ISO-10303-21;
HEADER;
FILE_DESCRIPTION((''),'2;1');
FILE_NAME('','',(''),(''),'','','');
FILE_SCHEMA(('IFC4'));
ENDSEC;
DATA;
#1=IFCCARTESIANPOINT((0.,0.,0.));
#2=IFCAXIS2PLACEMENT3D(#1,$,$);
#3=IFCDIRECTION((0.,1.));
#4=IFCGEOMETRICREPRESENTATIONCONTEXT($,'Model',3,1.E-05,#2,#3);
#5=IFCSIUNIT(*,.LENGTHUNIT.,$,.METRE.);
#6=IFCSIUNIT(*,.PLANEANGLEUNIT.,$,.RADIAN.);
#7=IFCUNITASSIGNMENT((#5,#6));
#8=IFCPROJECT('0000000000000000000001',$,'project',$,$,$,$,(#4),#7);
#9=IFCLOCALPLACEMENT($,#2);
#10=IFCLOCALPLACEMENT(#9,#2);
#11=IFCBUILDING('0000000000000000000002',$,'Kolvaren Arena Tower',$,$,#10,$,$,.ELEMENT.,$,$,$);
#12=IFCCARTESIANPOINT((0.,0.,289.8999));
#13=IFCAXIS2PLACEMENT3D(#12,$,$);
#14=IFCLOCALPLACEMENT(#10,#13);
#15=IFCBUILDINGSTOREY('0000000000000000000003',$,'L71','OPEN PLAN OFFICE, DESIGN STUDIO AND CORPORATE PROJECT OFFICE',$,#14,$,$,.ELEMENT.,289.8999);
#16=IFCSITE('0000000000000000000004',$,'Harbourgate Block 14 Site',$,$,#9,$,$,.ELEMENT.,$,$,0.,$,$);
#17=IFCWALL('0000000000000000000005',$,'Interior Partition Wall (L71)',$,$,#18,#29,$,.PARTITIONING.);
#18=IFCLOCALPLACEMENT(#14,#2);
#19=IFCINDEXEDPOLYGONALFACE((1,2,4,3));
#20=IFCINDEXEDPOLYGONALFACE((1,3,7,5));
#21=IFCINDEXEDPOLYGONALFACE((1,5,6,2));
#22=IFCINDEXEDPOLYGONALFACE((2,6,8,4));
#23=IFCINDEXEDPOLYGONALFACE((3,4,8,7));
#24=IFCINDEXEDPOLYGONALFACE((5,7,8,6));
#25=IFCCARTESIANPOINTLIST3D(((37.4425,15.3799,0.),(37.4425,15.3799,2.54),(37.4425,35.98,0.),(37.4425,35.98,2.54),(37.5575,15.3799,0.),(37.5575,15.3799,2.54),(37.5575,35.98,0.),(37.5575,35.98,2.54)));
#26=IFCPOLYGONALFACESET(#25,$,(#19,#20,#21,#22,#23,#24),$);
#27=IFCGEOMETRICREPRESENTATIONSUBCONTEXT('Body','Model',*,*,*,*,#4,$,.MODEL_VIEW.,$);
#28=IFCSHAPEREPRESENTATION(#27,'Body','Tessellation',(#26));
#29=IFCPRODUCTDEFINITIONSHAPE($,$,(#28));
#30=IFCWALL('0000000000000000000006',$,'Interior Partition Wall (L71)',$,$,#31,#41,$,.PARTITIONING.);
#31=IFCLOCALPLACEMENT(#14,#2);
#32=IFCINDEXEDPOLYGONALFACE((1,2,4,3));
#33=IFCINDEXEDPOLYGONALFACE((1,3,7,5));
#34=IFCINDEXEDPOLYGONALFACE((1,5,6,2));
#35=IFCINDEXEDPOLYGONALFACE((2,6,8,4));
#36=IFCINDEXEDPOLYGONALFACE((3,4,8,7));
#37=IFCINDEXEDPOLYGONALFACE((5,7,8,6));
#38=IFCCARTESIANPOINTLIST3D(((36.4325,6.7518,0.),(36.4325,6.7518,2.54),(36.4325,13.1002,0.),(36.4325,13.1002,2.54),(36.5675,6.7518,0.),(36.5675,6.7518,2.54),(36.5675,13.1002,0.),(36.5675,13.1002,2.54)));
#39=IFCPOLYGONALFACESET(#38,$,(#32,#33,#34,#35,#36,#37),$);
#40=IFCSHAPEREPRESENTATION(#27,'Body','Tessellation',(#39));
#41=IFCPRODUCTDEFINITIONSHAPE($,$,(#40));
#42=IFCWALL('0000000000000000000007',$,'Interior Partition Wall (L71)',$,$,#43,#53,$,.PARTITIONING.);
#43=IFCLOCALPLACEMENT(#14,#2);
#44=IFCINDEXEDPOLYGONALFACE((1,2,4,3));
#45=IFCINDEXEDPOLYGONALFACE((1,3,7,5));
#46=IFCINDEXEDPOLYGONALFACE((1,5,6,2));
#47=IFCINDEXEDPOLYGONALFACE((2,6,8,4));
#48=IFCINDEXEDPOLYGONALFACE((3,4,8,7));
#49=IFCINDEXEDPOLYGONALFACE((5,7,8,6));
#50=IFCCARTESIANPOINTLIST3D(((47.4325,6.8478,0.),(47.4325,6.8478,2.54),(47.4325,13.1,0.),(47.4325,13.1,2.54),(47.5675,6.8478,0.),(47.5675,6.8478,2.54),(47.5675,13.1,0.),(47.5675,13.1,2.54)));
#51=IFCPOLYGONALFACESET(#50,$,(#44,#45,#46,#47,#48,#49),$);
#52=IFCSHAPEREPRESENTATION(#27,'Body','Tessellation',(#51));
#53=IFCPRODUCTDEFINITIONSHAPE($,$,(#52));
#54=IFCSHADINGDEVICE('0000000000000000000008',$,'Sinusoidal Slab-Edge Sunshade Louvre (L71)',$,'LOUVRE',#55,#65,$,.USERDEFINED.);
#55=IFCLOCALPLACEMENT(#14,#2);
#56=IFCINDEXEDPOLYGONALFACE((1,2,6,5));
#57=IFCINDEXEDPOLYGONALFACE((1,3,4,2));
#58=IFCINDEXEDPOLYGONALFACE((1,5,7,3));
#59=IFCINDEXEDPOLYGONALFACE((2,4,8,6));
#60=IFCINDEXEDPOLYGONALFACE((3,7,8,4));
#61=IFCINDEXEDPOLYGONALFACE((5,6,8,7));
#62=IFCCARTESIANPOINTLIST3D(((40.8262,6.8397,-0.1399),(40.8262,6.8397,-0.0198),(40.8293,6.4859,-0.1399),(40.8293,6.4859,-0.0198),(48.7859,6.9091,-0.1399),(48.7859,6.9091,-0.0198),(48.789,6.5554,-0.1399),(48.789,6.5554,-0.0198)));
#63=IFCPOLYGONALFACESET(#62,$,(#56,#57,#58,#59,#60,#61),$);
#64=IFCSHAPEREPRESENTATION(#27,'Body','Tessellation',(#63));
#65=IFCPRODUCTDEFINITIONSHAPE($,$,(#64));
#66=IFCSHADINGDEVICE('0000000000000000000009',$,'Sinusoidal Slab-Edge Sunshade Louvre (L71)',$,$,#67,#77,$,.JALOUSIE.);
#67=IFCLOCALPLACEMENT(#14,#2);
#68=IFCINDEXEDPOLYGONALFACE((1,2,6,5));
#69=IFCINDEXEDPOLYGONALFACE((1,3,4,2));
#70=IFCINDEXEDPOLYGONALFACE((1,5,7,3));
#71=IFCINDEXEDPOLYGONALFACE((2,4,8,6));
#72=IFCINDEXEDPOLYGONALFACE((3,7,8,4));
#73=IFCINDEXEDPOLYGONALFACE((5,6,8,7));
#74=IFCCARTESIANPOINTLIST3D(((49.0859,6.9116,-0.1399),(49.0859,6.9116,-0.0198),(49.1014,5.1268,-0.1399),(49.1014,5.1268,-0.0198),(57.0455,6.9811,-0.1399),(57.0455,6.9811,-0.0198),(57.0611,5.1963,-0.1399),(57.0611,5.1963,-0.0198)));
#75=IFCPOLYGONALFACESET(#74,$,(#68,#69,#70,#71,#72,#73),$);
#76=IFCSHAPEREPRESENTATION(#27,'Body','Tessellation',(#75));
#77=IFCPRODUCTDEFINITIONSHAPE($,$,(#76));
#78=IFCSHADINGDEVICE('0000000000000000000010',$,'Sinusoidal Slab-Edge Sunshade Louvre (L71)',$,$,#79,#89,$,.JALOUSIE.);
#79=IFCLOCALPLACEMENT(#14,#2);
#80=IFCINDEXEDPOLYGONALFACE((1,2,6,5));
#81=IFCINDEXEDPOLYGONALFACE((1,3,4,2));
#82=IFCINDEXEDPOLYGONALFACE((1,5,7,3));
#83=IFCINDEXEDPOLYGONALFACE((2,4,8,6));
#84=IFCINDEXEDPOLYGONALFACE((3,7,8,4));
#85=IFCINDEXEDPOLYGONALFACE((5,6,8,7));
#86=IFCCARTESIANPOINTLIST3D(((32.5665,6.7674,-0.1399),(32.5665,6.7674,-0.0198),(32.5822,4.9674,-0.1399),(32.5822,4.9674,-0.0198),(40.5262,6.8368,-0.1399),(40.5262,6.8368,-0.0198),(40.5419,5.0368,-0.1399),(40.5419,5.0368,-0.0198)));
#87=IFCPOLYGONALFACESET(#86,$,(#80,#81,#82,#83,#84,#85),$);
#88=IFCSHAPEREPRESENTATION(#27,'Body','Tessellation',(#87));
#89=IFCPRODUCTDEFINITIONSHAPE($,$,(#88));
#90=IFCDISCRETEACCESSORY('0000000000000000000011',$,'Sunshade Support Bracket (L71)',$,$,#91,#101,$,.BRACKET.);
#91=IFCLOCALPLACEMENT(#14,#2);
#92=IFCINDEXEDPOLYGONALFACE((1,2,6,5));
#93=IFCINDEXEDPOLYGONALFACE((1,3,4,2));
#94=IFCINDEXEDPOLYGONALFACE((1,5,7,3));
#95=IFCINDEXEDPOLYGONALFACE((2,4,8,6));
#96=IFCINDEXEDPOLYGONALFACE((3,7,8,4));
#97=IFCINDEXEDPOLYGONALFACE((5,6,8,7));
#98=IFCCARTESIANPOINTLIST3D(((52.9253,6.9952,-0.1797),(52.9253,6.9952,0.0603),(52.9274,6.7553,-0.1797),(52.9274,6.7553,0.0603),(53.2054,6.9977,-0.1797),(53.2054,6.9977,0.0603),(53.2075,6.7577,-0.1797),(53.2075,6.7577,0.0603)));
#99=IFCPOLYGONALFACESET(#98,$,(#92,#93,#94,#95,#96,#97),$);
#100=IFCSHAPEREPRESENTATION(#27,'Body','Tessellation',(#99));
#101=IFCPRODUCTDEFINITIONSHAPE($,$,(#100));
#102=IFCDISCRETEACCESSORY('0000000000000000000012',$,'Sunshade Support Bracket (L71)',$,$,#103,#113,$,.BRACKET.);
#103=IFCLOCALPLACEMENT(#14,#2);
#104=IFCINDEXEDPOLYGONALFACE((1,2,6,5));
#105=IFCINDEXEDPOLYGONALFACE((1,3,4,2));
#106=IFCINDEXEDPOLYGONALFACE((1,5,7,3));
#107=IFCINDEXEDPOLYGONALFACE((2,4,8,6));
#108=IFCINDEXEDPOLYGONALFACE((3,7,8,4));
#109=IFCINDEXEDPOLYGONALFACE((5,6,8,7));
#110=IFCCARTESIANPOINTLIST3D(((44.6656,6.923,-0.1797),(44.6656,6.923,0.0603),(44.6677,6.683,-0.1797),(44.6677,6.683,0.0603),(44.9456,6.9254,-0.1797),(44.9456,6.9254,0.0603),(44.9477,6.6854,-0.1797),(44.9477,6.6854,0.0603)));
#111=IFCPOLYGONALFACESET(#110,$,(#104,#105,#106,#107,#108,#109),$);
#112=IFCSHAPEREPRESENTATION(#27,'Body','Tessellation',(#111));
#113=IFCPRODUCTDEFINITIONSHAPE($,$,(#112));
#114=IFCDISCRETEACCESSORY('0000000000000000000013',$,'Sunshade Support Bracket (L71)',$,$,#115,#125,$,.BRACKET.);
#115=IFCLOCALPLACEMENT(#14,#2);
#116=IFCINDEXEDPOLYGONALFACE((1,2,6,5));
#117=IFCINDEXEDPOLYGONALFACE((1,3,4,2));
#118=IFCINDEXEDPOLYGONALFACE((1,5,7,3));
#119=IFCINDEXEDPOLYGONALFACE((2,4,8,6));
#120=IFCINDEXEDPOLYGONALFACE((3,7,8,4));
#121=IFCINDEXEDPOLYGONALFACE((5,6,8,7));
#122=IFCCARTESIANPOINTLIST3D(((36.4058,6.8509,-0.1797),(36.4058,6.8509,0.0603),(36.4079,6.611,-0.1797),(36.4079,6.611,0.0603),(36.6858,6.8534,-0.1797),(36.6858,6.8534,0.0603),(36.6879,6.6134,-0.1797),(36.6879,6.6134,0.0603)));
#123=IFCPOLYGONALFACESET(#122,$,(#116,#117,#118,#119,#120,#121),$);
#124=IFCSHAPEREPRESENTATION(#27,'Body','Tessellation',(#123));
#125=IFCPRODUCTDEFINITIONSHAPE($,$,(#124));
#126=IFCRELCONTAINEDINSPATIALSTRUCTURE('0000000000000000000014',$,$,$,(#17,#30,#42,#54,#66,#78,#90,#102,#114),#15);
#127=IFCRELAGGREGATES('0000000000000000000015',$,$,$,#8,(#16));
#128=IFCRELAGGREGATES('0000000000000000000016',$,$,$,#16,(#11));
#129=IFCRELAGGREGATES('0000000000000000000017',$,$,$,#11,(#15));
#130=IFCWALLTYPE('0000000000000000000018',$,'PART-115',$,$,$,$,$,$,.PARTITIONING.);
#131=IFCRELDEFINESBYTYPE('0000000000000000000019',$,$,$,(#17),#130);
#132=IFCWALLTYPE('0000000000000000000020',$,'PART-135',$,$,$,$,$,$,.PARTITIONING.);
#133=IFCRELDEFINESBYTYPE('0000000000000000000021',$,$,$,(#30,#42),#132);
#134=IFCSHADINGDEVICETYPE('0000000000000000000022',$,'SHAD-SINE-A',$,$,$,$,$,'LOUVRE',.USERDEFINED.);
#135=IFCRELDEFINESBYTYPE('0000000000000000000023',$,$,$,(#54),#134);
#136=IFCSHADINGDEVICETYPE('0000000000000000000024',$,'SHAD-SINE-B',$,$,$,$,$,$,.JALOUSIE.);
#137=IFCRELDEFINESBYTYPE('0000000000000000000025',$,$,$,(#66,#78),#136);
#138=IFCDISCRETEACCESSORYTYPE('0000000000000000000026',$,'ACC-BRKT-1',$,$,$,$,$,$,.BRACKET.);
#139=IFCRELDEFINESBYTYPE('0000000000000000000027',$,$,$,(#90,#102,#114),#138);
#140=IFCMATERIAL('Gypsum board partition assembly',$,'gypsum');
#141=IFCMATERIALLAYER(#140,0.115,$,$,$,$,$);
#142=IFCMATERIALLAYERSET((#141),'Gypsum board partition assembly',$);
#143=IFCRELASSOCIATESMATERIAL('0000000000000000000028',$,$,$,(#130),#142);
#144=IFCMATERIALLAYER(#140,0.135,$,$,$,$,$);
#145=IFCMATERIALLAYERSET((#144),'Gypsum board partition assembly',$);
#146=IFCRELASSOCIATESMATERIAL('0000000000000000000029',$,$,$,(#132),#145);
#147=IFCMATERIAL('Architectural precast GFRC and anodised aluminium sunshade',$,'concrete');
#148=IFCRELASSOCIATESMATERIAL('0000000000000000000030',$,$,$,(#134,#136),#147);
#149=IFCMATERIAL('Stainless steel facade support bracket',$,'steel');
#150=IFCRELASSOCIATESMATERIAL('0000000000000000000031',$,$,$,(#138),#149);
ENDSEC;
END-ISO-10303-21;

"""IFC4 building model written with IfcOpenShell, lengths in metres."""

from ifc_helpers import new_model, si_unit, direction, frame, frame_2d, origin, origin_2d, place, context, subcontext, project, spatial, rectangle, extrude, material, layer, layer_set, type_object, element, save


model = new_model("IFC4")

# Units and contexts
model_context = context("Model", 3, precision=1e-05, world=origin(), true_north=direction((0.0, 1.0)))
body_context = subcontext(model_context, "Body", "Model", "MODEL_VIEW")
ifc_project = project(units=[si_unit("LENGTHUNIT", "METRE"), si_unit("PLANEANGLEUNIT", "RADIAN")], contexts=[model_context])

# Site, building, storey
site_placement = place(None, origin())
site = spatial("IfcSite", under=ifc_project, at=site_placement, Name="Harbourgate Block 14 Site", CompositionType="ELEMENT", RefElevation=0.0)
building_placement = place(site_placement, origin())
building = spatial("IfcBuilding", under=site, at=building_placement, Name="Kolvaren Arena Tower", CompositionType="ELEMENT")
storey_placement = place(building_placement, frame((0.0, 0.0, 289.8999)))
storey = spatial("IfcBuildingStorey", under=building, at=storey_placement, Name="L71", Description="OPEN PLAN OFFICE, DESIGN STUDIO AND CORPORATE PROJECT OFFICE", CompositionType="ELEMENT", Elevation=289.8999)

# Walls
ifc_material_1 = material(Name="Gypsum board partition assembly", Category="gypsum")
ifc_layer_1 = layer(ifc_material_1, 0.115)
ifc_layer_set_1 = layer_set([ifc_layer_1], Name="Gypsum board partition assembly")
wall_type_1 = type_object("IfcWallType", Name="PART-115", PredefinedType="PARTITIONING", material=ifc_layer_set_1)
wall_1_placement = place(storey_placement, frame((37.5, 15.3799, 0.0), z_axis=(0.0, 0.0, 1.0), x_axis=(0.0, 1.0, 0.0)))
element("IfcWall", 1, at=wall_1_placement, inside=storey, type_object=wall_type_1, Name="Interior Partition Wall (L71)", PredefinedType="PARTITIONING", context=body_context, shape_type="SweptSolid", body=[
    extrude(rectangle(XDim=20.6001, YDim=0.115, at=frame_2d((10.3, 0.0))), origin(), (0.0, 0.0, 1.0), 2.54),
])
ifc_layer_2 = layer(ifc_material_1, 0.135)
ifc_layer_set_2 = layer_set([ifc_layer_2], Name="Gypsum board partition assembly")
wall_type_2 = type_object("IfcWallType", Name="PART-135", PredefinedType="PARTITIONING", material=ifc_layer_set_2)
wall_2_placement = place(storey_placement, frame((36.5, 6.7517, 0.0), z_axis=(0.0, 0.0, 1.0), x_axis=(0.0, 1.0, 0.0)))
element("IfcWall", 2, at=wall_2_placement, inside=storey, type_object=wall_type_2, Name="Interior Partition Wall (L71)", PredefinedType="PARTITIONING", context=body_context, shape_type="SweptSolid", body=[
    extrude(rectangle(XDim=6.3484, YDim=0.135, at=frame_2d((3.1743, 0.0))), origin(), (0.0, 0.0, 1.0), 2.54),
])
wall_3_placement = place(storey_placement, frame((47.5, 6.8479, 0.0), z_axis=(0.0, 0.0, 1.0), x_axis=(0.0, 1.0, 0.0)))
element("IfcWall", 3, at=wall_3_placement, inside=storey, type_object=wall_type_2, Name="Interior Partition Wall (L71)", PredefinedType="PARTITIONING", context=body_context, shape_type="SweptSolid", body=[
    extrude(rectangle(XDim=6.2522, YDim=0.135, at=frame_2d((3.126, 0.0))), origin(), (0.0, 0.0, 1.0), 2.54),
])

# Shading devices
ifc_material_2 = material(Name="Architectural precast GFRC and anodised aluminium sunshade", Category="concrete")
shading_device_type_1 = type_object("IfcShadingDeviceType", Name="SHAD-SINE-A", ElementType="LOUVRE", PredefinedType="USERDEFINED", material=ifc_material_2)
shading_device_1_placement = place(storey_placement, frame((44.8076, 6.6975, -0.1399), z_axis=(0.0, 0.0, 1.0), x_axis=(-0.999962, -0.008727, 0.0)))
element("IfcShadingDevice", 4, at=shading_device_1_placement, inside=storey, type_object=shading_device_type_1, Name="Sinusoidal Slab-Edge Sunshade Louvre (L71)", ObjectType="LOUVRE", PredefinedType="USERDEFINED", context=body_context, shape_type="SweptSolid", body=[
    extrude(rectangle(XDim=7.96, YDim=0.3538, at=origin_2d()), origin(), (0.0, 0.0, 1.0), 0.1201),
])
shading_device_type_2 = type_object("IfcShadingDeviceType", Name="SHAD-SINE-B", PredefinedType="JALOUSIE", material=ifc_material_2)
shading_device_2_placement = place(storey_placement, frame((53.0735, 6.054, -0.1399), z_axis=(0.0, 0.0, 1.0), x_axis=(-0.999962, -0.008727, 0.0)))
element("IfcShadingDevice", 5, at=shading_device_2_placement, inside=storey, type_object=shading_device_type_2, Name="Sinusoidal Slab-Edge Sunshade Louvre (L71)", PredefinedType="JALOUSIE", context=body_context, shape_type="SweptSolid", body=[
    extrude(rectangle(XDim=7.96, YDim=1.7849, at=origin_2d()), origin(), (0.0, 0.0, 1.0), 0.1201),
])
shading_device_3_placement = place(storey_placement, frame((36.5542, 5.9021, -0.1399), z_axis=(0.0, 0.0, 1.0), x_axis=(-0.999962, -0.008727, 0.0)))
element("IfcShadingDevice", 6, at=shading_device_3_placement, inside=storey, type_object=shading_device_type_2, Name="Sinusoidal Slab-Edge Sunshade Louvre (L71)", PredefinedType="JALOUSIE", context=body_context, shape_type="SweptSolid", body=[
    extrude(rectangle(XDim=7.96, YDim=1.8, at=origin_2d()), origin(), (0.0, 0.0, 1.0), 0.1201),
])

# Discrete accessories
ifc_material_3 = material(Name="Stainless steel facade support bracket", Category="steel")
discrete_accessory_type = type_object("IfcDiscreteAccessoryType", Name="ACC-BRKT-1", PredefinedType="BRACKET", material=ifc_material_3)
for number, where, z_axis, x_axis, name in (
    (7, (53.0664, 6.8765, -0.1797), (0.0, 0.0, 1.0), (-0.999962, -0.008727, 0.0), "Sunshade Support Bracket (L71)"),
    (8, (44.8066, 6.8042, -0.1797), (0.0, 0.0, 1.0), (-0.999962, -0.008727, 0.0), "Sunshade Support Bracket (L71)"),
    (9, (36.5469, 6.7322, -0.1797), (0.0, 0.0, 1.0), (-0.999962, -0.008727, 0.0), "Sunshade Support Bracket (L71)"),
):
    element("IfcDiscreteAccessory", number, at=place(storey_placement, frame(where, z_axis=z_axis, x_axis=x_axis)), inside=storey, type_object=discrete_accessory_type, Name=name, PredefinedType="BRACKET", context=body_context, shape_type="SweptSolid", body=[
        extrude(rectangle(XDim=0.28, YDim=0.24, at=origin_2d()), origin(), (0.0, 0.0, 1.0), 0.24),
    ])

save(model, "model.ifc")
